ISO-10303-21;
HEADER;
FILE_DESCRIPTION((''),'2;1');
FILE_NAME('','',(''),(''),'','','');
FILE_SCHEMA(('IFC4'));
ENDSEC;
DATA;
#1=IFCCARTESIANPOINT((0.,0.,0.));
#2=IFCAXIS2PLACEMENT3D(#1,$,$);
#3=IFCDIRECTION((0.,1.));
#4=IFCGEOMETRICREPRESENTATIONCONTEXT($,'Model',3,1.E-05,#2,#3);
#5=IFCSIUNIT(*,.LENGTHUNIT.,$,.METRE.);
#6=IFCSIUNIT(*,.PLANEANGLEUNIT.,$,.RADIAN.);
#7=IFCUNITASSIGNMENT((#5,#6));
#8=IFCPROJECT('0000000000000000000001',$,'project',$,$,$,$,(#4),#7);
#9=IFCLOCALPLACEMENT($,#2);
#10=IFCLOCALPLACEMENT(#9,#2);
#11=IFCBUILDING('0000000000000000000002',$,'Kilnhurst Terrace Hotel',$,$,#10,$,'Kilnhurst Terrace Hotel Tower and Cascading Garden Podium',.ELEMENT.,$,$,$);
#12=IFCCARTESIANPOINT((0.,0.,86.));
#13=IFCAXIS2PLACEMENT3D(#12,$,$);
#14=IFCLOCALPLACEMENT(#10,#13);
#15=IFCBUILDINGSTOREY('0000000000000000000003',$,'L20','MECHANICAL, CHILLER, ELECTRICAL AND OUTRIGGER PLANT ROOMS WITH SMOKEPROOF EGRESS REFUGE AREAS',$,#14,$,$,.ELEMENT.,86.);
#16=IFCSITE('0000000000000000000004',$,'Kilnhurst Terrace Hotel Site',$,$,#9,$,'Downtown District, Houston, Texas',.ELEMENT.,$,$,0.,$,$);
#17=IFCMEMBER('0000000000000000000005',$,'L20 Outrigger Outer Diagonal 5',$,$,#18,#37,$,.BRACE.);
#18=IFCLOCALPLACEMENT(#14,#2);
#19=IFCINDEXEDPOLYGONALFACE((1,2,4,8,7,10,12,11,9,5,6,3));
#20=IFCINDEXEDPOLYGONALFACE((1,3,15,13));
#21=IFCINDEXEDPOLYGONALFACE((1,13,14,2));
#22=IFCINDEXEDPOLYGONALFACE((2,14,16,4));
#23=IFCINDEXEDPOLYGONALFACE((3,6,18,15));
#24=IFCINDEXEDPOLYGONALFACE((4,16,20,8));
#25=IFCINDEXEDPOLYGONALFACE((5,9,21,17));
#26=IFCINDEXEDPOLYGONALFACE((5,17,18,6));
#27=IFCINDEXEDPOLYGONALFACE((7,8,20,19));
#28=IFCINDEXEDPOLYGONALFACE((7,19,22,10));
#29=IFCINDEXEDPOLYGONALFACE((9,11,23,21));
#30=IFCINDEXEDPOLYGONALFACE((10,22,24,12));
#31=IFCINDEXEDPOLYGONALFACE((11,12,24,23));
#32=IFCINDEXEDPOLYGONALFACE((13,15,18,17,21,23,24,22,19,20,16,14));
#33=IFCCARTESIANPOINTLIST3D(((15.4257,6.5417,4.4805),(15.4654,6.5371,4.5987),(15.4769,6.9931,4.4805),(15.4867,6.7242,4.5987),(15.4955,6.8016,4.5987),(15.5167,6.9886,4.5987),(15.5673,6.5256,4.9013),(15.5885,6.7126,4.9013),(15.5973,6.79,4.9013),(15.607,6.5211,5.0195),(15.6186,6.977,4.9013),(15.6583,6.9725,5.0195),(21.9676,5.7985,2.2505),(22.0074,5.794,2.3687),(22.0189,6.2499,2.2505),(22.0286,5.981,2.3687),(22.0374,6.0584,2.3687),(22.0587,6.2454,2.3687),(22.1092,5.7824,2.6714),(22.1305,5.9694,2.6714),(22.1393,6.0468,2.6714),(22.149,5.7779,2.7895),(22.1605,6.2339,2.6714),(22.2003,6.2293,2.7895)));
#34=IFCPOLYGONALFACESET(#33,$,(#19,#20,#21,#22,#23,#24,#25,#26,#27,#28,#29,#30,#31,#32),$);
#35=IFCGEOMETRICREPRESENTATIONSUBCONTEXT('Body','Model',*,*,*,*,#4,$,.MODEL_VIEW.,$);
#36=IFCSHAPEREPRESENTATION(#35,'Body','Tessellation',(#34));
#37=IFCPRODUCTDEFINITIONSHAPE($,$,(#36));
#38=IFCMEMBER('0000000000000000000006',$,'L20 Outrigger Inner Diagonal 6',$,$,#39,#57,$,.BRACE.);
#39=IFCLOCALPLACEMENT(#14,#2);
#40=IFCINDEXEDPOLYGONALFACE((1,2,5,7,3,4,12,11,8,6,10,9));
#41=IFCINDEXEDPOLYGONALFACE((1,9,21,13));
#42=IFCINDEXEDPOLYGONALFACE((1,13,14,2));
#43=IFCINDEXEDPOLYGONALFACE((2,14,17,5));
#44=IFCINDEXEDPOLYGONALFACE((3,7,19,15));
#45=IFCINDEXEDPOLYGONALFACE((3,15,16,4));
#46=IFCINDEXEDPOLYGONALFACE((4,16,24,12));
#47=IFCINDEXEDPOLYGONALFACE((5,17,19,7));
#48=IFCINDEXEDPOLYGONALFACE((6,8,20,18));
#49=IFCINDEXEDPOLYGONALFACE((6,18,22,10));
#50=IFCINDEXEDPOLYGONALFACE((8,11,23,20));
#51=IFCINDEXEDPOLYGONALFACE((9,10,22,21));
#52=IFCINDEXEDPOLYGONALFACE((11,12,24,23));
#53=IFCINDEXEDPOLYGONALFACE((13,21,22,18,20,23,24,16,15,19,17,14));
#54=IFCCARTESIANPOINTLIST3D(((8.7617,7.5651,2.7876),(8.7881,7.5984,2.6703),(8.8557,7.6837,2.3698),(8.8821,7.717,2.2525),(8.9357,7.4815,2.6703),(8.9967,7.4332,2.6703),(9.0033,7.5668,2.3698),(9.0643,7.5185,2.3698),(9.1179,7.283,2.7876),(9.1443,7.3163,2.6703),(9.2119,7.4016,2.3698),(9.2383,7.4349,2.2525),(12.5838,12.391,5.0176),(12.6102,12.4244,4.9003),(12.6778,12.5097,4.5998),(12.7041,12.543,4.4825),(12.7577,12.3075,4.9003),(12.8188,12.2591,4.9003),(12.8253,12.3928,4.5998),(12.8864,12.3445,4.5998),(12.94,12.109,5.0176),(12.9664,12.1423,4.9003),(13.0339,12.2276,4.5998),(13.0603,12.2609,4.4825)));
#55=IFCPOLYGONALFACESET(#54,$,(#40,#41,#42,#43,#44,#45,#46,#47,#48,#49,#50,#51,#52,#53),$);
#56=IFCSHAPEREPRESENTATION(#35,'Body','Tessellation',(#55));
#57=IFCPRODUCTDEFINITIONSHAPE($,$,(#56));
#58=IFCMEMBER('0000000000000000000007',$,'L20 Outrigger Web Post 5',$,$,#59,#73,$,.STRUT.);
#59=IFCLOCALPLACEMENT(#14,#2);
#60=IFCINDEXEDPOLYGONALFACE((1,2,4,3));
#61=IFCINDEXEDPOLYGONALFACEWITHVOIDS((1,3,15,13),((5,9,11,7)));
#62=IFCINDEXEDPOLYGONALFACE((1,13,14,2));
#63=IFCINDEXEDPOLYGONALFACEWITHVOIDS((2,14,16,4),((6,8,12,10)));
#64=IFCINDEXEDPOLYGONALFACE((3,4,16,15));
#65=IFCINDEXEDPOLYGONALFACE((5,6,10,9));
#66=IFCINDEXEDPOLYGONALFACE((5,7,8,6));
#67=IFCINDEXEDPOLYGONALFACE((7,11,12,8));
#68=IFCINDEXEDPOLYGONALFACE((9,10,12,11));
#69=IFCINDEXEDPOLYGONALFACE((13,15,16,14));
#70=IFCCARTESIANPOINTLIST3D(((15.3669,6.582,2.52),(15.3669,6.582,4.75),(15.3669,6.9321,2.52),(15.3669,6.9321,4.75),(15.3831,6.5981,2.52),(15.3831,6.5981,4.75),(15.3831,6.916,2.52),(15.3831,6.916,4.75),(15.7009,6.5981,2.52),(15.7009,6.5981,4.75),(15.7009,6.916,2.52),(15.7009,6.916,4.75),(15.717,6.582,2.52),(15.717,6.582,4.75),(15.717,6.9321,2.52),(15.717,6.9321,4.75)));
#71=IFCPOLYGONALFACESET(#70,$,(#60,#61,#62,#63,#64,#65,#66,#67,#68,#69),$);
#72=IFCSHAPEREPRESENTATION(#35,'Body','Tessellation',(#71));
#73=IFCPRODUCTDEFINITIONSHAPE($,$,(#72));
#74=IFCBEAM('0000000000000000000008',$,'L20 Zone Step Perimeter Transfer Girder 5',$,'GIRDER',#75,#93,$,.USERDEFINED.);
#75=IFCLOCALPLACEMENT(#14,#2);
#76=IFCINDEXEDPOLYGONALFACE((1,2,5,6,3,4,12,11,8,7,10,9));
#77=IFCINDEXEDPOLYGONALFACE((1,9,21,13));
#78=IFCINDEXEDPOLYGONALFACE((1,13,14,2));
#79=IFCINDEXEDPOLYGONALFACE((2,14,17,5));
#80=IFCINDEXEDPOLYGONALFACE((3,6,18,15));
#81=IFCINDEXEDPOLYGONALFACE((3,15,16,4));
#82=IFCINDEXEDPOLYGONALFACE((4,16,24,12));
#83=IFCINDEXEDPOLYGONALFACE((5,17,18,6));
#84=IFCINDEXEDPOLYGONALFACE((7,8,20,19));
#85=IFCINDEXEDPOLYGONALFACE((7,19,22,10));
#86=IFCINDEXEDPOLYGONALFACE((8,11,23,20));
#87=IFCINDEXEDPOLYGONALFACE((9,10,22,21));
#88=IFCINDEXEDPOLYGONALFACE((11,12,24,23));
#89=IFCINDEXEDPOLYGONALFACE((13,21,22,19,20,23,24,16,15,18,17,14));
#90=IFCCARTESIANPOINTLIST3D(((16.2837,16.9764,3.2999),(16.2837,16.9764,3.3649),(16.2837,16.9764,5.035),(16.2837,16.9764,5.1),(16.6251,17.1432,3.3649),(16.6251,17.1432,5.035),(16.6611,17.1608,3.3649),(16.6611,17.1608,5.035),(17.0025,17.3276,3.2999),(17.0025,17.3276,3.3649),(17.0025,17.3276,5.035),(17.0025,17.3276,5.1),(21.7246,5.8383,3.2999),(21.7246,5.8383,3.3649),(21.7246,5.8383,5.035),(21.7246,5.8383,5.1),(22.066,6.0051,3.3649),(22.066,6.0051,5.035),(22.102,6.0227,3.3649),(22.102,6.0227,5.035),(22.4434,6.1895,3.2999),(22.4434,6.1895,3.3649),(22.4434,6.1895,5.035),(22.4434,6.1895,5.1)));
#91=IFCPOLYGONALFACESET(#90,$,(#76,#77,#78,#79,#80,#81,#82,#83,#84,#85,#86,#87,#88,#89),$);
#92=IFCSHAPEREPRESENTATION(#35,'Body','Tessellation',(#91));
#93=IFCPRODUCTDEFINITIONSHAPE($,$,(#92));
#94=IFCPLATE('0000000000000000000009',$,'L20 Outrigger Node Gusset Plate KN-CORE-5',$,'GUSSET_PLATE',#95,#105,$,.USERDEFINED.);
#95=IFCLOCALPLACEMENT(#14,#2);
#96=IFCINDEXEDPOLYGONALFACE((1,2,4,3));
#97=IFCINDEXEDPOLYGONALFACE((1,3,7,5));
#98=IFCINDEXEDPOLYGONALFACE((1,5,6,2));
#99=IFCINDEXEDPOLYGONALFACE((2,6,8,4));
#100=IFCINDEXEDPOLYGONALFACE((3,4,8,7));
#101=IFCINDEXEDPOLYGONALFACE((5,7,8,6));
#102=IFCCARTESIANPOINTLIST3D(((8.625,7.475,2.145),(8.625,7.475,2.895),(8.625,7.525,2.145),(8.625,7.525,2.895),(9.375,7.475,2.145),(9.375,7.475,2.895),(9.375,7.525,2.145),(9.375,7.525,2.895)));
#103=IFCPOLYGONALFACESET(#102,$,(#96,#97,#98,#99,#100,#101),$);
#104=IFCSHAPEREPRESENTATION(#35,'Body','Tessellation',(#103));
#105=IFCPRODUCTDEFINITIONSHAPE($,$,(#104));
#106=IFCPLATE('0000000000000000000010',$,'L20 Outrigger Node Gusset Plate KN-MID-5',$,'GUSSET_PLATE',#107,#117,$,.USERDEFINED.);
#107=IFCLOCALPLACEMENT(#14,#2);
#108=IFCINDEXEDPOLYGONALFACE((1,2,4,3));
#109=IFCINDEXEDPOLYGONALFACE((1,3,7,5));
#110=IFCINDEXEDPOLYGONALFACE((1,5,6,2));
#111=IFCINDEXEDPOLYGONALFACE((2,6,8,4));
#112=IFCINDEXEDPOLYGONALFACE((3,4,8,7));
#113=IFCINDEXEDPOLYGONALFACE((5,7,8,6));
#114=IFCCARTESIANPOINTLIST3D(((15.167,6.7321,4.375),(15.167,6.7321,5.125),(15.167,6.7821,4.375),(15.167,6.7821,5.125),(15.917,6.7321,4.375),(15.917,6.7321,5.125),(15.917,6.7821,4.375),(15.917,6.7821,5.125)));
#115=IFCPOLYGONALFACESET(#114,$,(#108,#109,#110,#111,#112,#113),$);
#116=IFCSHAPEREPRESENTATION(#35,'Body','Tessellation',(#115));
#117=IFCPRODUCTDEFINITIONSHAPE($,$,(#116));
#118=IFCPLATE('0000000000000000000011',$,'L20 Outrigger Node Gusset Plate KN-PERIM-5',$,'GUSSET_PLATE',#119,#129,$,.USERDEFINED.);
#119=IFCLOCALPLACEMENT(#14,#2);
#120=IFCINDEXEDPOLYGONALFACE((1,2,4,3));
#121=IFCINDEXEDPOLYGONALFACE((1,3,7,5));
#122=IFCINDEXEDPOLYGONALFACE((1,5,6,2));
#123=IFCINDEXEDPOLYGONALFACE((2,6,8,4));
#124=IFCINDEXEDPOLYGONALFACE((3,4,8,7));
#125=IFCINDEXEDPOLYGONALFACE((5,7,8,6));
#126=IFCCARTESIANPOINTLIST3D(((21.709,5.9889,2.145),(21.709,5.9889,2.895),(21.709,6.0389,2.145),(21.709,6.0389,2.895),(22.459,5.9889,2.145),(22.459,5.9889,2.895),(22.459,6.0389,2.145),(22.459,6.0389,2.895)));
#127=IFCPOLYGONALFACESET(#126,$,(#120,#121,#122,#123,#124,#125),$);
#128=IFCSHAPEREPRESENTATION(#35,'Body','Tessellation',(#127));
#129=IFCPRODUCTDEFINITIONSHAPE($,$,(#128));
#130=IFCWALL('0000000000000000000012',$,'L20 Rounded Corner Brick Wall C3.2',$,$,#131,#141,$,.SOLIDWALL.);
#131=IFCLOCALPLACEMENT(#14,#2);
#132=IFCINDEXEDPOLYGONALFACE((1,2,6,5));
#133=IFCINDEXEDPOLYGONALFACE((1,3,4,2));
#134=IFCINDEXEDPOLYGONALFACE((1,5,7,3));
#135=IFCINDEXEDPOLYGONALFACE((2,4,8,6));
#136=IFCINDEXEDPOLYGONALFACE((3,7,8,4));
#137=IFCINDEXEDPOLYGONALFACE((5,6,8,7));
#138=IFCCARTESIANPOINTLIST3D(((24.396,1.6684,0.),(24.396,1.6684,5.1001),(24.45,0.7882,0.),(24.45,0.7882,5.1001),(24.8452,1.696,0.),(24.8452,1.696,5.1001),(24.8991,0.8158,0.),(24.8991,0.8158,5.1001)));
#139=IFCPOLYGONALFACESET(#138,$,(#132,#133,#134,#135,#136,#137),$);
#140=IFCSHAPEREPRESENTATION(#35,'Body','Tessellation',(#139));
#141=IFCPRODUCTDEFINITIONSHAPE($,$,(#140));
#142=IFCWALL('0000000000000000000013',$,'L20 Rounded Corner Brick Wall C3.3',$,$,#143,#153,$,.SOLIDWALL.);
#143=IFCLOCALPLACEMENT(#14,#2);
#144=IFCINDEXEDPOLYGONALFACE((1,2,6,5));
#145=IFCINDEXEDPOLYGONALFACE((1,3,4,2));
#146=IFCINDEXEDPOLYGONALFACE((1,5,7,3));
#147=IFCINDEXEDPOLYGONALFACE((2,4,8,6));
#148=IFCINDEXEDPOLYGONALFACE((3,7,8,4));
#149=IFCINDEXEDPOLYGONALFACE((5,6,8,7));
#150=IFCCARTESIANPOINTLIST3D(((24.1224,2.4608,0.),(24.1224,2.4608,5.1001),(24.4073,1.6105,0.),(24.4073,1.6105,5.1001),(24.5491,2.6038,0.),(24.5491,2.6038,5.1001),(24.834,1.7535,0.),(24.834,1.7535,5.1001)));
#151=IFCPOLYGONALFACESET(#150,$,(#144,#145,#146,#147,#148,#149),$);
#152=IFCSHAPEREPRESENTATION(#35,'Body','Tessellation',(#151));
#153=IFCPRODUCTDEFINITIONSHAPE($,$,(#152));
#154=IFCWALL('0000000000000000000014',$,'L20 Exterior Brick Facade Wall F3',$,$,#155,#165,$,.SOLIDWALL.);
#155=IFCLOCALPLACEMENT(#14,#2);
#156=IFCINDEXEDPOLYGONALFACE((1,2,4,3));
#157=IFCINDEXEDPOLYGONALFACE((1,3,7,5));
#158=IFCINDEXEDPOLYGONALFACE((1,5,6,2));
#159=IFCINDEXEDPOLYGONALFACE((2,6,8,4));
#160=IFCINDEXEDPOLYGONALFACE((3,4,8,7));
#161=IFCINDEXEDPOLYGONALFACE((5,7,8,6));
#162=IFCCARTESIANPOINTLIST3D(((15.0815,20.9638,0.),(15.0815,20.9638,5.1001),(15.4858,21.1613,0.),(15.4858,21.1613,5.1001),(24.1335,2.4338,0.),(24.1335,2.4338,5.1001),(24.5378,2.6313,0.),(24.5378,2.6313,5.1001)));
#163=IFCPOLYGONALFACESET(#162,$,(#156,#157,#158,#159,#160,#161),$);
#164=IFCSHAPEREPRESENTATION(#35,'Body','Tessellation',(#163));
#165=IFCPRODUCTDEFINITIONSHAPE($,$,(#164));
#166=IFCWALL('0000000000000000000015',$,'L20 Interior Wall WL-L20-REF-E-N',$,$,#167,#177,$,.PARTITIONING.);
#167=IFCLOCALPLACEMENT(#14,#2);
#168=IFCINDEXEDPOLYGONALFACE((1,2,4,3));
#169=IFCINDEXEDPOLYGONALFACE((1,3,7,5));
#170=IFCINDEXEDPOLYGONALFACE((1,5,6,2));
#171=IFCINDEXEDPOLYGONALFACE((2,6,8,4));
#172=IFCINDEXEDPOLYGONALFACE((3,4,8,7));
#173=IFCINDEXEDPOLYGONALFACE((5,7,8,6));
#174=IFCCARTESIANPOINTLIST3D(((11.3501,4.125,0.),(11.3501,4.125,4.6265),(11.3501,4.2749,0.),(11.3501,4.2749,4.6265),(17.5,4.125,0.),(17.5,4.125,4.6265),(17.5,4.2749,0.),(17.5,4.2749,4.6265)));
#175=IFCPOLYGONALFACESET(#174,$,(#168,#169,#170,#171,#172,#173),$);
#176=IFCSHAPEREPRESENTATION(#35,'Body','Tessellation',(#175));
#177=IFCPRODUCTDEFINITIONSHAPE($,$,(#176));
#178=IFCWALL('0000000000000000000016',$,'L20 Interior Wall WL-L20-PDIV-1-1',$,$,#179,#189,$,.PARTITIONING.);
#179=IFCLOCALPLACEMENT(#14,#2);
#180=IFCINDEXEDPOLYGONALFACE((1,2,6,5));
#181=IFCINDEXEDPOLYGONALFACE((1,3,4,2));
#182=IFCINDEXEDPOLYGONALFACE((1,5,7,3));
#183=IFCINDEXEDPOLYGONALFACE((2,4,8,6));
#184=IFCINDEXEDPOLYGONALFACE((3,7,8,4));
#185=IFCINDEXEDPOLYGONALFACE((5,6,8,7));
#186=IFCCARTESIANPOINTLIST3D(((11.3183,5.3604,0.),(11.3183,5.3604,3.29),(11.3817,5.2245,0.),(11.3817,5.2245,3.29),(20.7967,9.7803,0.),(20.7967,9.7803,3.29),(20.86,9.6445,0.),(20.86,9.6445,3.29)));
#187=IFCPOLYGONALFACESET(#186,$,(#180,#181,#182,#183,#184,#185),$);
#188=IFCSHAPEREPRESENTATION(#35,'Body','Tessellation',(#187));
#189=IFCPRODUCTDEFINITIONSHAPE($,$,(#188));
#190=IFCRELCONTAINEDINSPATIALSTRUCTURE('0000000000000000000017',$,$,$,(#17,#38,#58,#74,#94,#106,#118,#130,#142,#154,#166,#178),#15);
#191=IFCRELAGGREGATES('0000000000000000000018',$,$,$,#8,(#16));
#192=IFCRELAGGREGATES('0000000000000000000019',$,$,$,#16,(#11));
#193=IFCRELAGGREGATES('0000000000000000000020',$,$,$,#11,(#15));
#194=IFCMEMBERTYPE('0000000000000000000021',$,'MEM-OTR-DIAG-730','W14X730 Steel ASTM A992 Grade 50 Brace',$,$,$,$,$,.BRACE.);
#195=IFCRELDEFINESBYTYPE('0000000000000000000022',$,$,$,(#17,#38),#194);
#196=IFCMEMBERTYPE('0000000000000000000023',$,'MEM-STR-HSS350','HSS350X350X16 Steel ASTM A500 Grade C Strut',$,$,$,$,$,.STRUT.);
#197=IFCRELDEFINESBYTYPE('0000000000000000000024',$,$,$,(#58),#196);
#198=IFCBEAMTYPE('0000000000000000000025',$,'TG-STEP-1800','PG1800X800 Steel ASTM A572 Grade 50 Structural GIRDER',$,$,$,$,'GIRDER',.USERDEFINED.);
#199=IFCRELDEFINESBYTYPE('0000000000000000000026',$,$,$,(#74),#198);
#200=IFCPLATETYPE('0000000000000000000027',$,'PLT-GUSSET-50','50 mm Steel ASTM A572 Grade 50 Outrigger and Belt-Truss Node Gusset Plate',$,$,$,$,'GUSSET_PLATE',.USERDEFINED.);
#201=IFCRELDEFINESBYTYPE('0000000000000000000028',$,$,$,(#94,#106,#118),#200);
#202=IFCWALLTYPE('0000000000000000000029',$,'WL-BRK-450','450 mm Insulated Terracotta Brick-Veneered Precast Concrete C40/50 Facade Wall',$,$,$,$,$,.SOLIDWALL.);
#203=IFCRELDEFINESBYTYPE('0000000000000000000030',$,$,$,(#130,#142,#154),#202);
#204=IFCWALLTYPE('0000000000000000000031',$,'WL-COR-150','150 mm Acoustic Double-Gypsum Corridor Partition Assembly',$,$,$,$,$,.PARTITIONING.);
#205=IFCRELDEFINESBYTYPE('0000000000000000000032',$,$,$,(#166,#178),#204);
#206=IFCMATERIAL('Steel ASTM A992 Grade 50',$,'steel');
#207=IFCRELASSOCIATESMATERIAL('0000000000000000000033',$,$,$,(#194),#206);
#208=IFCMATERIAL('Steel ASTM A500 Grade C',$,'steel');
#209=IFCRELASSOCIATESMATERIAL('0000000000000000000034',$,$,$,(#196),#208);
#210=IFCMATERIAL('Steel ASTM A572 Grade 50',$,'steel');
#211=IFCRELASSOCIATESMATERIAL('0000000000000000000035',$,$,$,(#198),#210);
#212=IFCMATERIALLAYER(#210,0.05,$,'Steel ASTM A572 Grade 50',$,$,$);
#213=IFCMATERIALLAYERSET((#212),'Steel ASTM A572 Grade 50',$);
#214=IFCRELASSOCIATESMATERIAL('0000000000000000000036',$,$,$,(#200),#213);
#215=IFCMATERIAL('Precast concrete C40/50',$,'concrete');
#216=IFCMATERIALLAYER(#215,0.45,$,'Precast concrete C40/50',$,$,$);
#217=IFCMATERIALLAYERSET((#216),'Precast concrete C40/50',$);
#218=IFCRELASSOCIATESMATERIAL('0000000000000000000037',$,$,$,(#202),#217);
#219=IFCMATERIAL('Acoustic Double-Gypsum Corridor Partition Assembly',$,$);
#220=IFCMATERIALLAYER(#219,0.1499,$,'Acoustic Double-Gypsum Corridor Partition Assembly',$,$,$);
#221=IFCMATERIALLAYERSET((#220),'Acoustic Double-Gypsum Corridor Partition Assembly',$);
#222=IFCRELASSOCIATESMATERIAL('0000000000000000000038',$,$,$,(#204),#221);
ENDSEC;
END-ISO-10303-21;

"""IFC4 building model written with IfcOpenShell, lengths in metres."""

from ifc_helpers import new_model, si_unit, direction, frame, frame_2d, origin, origin_2d, place, context, subcontext, project, spatial, rectangle, hollow_rectangle, i_section, extrude, material, layer, layer_set, material_profile, profile_set, type_object, element, save


model = new_model("IFC4")

# Units and contexts
model_context = context("Model", 3, precision=1e-05, world=origin(), true_north=direction((0.0, 1.0)))
body_context = subcontext(model_context, "Body", "Model", "MODEL_VIEW")
ifc_project = project(units=[si_unit("LENGTHUNIT", "METRE"), si_unit("PLANEANGLEUNIT", "RADIAN")], contexts=[model_context])

# Site, building, storey
site_placement = place(None, origin())
site = spatial("IfcSite", under=ifc_project, at=site_placement, Name="Kilnhurst Terrace Hotel Site", LongName="Downtown District, Houston, Texas", CompositionType="ELEMENT", RefElevation=0.0)
building_placement = place(site_placement, origin())
building = spatial("IfcBuilding", under=site, at=building_placement, Name="Kilnhurst Terrace Hotel", LongName="Kilnhurst Terrace Hotel Tower and Cascading Garden Podium", CompositionType="ELEMENT")
storey_placement = place(building_placement, frame((0.0, 0.0, 86.0)))
storey = spatial("IfcBuildingStorey", under=building, at=storey_placement, Name="L20", Description="MECHANICAL, CHILLER, ELECTRICAL AND OUTRIGGER PLANT ROOMS WITH SMOKEPROOF EGRESS REFUGE AREAS", CompositionType="ELEMENT", Elevation=86.0)

# Shared definitions
ifc_material_1 = material(Name="Steel ASTM A992 Grade 50", Category="steel")

# Members
ifc_material_profile_1 = material_profile(ifc_material_1, i_section(OverallWidth=0.4543, OverallDepth=0.5691, WebThickness=0.0779, FlangeThickness=0.1248, at=origin_2d()), Name="W14X730")
ifc_profile_set_1 = profile_set([ifc_material_profile_1], Name="Steel ASTM A992 Grade 50")
member_type_1 = type_object("IfcMemberType", Name="MEM-OTR-DIAG-730", Description="W14X730 Steel ASTM A992 Grade 50 Brace", PredefinedType="BRACE", material=ifc_profile_set_1)
for number, where, z_axis, x_axis, name in (
    (1, (15.542, 6.7571, 4.75), (0.941096, -0.106908, -0.320793), (0.112873, 0.993609, 0.0), "L20 Outrigger Outer Diagonal 5"),
):
    element("IfcMember", number, at=place(storey_placement, frame(where, z_axis=z_axis, x_axis=x_axis)), inside=storey, type_object=member_type_1, Name=name, PredefinedType="BRACE", context=body_context, shape_type="SweptSolid", body=[
        extrude(i_section(OverallWidth=0.4543, OverallDepth=0.5691, WebThickness=0.0779, FlangeThickness=0.1248, at=origin_2d()), origin(), (0.0, 0.0, 1.0), 6.9514),
    ])
member_1_placement = place(storey_placement, frame((9.0, 7.5, 2.52), z_axis=(0.583734, 0.73706, 0.340583), x_axis=(-0.783928, 0.620852, 0.0)))
element("IfcMember", 2, at=member_1_placement, inside=storey, type_object=member_type_1, Name="L20 Outrigger Inner Diagonal 6", PredefinedType="BRACE", context=body_context, shape_type="SweptSolid", body=[
    extrude(i_section(OverallWidth=0.4543, OverallDepth=0.5691, WebThickness=0.0779, FlangeThickness=0.1248, at=origin_2d()), origin(), (0.0, 0.0, 1.0), 6.5476),
])
ifc_material_2 = material(Name="Steel ASTM A500 Grade C", Category="steel")
ifc_material_profile_2 = material_profile(ifc_material_2, hollow_rectangle(XDim=0.3501, YDim=0.3501, WallThickness=0.0161, at=origin_2d()), Name="HSS350X350X16")
ifc_profile_set_2 = profile_set([ifc_material_profile_2], Name="Steel ASTM A500 Grade C")
member_type_2 = type_object("IfcMemberType", Name="MEM-STR-HSS350", Description="HSS350X350X16 Steel ASTM A500 Grade C Strut", PredefinedType="STRUT", material=ifc_profile_set_2)
member_2_placement = place(storey_placement, frame((15.542, 6.7571, 2.52), z_axis=(0.0, 0.0, 1.0), x_axis=(1.0, 0.0, 0.0)))
element("IfcMember", 3, at=member_2_placement, inside=storey, type_object=member_type_2, Name="L20 Outrigger Web Post 5", PredefinedType="STRUT", context=body_context, shape_type="SweptSolid", body=[
    extrude(hollow_rectangle(XDim=0.3501, YDim=0.3501, WallThickness=0.0161, at=origin_2d()), origin(), (0.0, 0.0, 1.0), 2.23),
])

# Beam
ifc_material_3 = material(Name="Steel ASTM A572 Grade 50", Category="steel")
ifc_material_profile_3 = material_profile(ifc_material_3, i_section(OverallWidth=0.8, OverallDepth=1.8, WebThickness=0.04, FlangeThickness=0.0649, at=origin_2d()), Name="PG1800X800")
ifc_profile_set_3 = profile_set([ifc_material_profile_3], Name="Steel ASTM A572 Grade 50")
beam_type_1 = type_object("IfcBeamType", Name="TG-STEP-1800", Description="PG1800X800 Steel ASTM A572 Grade 50 Structural GIRDER", ElementType="GIRDER", PredefinedType="USERDEFINED", material=ifc_profile_set_3)
beam_1_placement = place(storey_placement, frame((22.084, 6.0139, 4.2), z_axis=(-0.438923, 0.898525, 0.0), x_axis=(-0.898525, -0.438923, 0.0)))
element("IfcBeam", 4, at=beam_1_placement, inside=storey, type_object=beam_type_1, Name="L20 Zone Step Perimeter Transfer Girder 5", ObjectType="GIRDER", PredefinedType="USERDEFINED", context=body_context, shape_type="SweptSolid", body=[
    extrude(i_section(OverallWidth=0.8, OverallDepth=1.8, WebThickness=0.04, FlangeThickness=0.0649, at=origin_2d()), origin(), (0.0, 0.0, 1.0), 12.396),
])

# Plates
ifc_layer_1 = layer(ifc_material_3, 0.05, Name="Steel ASTM A572 Grade 50")
ifc_layer_set_1 = layer_set([ifc_layer_1], Name="Steel ASTM A572 Grade 50")
plate_type = type_object("IfcPlateType", Name="PLT-GUSSET-50", Description="50 mm Steel ASTM A572 Grade 50 Outrigger and Belt-Truss Node Gusset Plate", ElementType="GUSSET_PLATE", PredefinedType="USERDEFINED", material=ifc_layer_set_1)
for number, where, z_axis, x_axis, name in (
    (5, (9.0, 7.5, 2.145), (0.0, 0.0, 1.0), (1.0, 0.0, 0.0), "L20 Outrigger Node Gusset Plate KN-CORE-5"),
    (6, (15.542, 6.7571, 4.375), (0.0, 0.0, 1.0), (1.0, 0.0, 0.0), "L20 Outrigger Node Gusset Plate KN-MID-5"),
    (7, (22.084, 6.0139, 2.145), (0.0, 0.0, 1.0), (1.0, 0.0, 0.0), "L20 Outrigger Node Gusset Plate KN-PERIM-5"),
):
    element("IfcPlate", number, at=place(storey_placement, frame(where, z_axis=z_axis, x_axis=x_axis)), inside=storey, type_object=plate_type, Name=name, ObjectType="GUSSET_PLATE", PredefinedType="USERDEFINED", context=body_context, shape_type="SweptSolid", body=[
        extrude(rectangle(XDim=0.75, YDim=0.05, at=origin_2d()), origin(), (0.0, 0.0, 1.0), 0.75),
    ])

# Walls
ifc_material_4 = material(Name="Precast concrete C40/50", Category="concrete")
ifc_layer_2 = layer(ifc_material_4, 0.45, Name="Precast concrete C40/50")
ifc_layer_set_2 = layer_set([ifc_layer_2], Name="Precast concrete C40/50")
wall_type_1 = type_object("IfcWallType", Name="WL-BRK-450", Description="450 mm Insulated Terracotta Brick-Veneered Precast Concrete C40/50 Facade Wall", PredefinedType="SOLIDWALL", material=ifc_layer_set_2)
wall_1_placement = place(storey_placement, frame((24.6746, 0.802, 0.0), z_axis=(0.0, 0.0, 1.0), x_axis=(-0.061189, 0.998126, 0.0)))
element("IfcWall", 8, at=wall_1_placement, inside=storey, type_object=wall_type_1, Name="L20 Rounded Corner Brick Wall C3.2", PredefinedType="SOLIDWALL", context=body_context, shape_type="SweptSolid", body=[
    extrude(rectangle(XDim=0.8818, YDim=0.45, at=frame_2d((0.4409, 0.0))), origin(), (0.0, 0.0, 1.0), 5.1001),
])
wall_2_placement = place(storey_placement, frame((24.6206, 1.6821, 0.0), z_axis=(0.0, 0.0, 1.0), x_axis=(-0.317697, 0.948192, 0.0)))
element("IfcWall", 9, at=wall_2_placement, inside=storey, type_object=wall_type_1, Name="L20 Rounded Corner Brick Wall C3.3", PredefinedType="SOLIDWALL", context=body_context, shape_type="SweptSolid", body=[
    extrude(rectangle(XDim=0.8967, YDim=0.45, at=frame_2d((0.4482, 0.0))), origin(), (0.0, 0.0, 1.0), 5.1001),
])
wall_3_placement = place(storey_placement, frame((24.3357, 2.5325, 0.0), z_axis=(0.0, 0.0, 1.0), x_axis=(-0.438931, 0.898521, 0.0)))
element("IfcWall", 10, at=wall_3_placement, inside=storey, type_object=wall_type_1, Name="L20 Exterior Brick Facade Wall F3", PredefinedType="SOLIDWALL", context=body_context, shape_type="SweptSolid", body=[
    extrude(rectangle(XDim=20.6228, YDim=0.45, at=frame_2d((10.3115, 0.0))), origin(), (0.0, 0.0, 1.0), 5.1001),
])
ifc_material_5 = material(Name="Acoustic Double-Gypsum Corridor Partition Assembly")
ifc_layer_3 = layer(ifc_material_5, 0.1499, Name="Acoustic Double-Gypsum Corridor Partition Assembly")
ifc_layer_set_3 = layer_set([ifc_layer_3], Name="Acoustic Double-Gypsum Corridor Partition Assembly")
wall_type_2 = type_object("IfcWallType", Name="WL-COR-150", Description="150 mm Acoustic Double-Gypsum Corridor Partition Assembly", PredefinedType="PARTITIONING", material=ifc_layer_set_3)
wall_4_placement = place(storey_placement, frame((11.3501, 4.2, 0.0), z_axis=(0.0, 0.0, 1.0), x_axis=(1.0, 0.0, 0.0)))
element("IfcWall", 11, at=wall_4_placement, inside=storey, type_object=wall_type_2, Name="L20 Interior Wall WL-L20-REF-E-N", PredefinedType="PARTITIONING", context=body_context, shape_type="SweptSolid", body=[
    extrude(rectangle(XDim=6.1499, YDim=0.1499, at=frame_2d((3.075, 0.0))), origin(), (0.0, 0.0, 1.0), 4.6265),
])
wall_5_placement = place(storey_placement, frame((11.3501, 5.2925, 0.0), z_axis=(0.0, 0.0, 1.0), x_axis=(0.906303, 0.422629, 0.0)))
element("IfcWall", 12, at=wall_5_placement, inside=storey, type_object=wall_type_2, Name="L20 Interior Wall WL-L20-PDIV-1-1", PredefinedType="PARTITIONING", context=body_context, shape_type="SweptSolid", body=[
    extrude(rectangle(XDim=10.4583, YDim=0.1499, at=frame_2d((5.229, 0.0))), origin(), (0.0, 0.0, 1.0), 3.29),
])

save(model, "model.ifc")
